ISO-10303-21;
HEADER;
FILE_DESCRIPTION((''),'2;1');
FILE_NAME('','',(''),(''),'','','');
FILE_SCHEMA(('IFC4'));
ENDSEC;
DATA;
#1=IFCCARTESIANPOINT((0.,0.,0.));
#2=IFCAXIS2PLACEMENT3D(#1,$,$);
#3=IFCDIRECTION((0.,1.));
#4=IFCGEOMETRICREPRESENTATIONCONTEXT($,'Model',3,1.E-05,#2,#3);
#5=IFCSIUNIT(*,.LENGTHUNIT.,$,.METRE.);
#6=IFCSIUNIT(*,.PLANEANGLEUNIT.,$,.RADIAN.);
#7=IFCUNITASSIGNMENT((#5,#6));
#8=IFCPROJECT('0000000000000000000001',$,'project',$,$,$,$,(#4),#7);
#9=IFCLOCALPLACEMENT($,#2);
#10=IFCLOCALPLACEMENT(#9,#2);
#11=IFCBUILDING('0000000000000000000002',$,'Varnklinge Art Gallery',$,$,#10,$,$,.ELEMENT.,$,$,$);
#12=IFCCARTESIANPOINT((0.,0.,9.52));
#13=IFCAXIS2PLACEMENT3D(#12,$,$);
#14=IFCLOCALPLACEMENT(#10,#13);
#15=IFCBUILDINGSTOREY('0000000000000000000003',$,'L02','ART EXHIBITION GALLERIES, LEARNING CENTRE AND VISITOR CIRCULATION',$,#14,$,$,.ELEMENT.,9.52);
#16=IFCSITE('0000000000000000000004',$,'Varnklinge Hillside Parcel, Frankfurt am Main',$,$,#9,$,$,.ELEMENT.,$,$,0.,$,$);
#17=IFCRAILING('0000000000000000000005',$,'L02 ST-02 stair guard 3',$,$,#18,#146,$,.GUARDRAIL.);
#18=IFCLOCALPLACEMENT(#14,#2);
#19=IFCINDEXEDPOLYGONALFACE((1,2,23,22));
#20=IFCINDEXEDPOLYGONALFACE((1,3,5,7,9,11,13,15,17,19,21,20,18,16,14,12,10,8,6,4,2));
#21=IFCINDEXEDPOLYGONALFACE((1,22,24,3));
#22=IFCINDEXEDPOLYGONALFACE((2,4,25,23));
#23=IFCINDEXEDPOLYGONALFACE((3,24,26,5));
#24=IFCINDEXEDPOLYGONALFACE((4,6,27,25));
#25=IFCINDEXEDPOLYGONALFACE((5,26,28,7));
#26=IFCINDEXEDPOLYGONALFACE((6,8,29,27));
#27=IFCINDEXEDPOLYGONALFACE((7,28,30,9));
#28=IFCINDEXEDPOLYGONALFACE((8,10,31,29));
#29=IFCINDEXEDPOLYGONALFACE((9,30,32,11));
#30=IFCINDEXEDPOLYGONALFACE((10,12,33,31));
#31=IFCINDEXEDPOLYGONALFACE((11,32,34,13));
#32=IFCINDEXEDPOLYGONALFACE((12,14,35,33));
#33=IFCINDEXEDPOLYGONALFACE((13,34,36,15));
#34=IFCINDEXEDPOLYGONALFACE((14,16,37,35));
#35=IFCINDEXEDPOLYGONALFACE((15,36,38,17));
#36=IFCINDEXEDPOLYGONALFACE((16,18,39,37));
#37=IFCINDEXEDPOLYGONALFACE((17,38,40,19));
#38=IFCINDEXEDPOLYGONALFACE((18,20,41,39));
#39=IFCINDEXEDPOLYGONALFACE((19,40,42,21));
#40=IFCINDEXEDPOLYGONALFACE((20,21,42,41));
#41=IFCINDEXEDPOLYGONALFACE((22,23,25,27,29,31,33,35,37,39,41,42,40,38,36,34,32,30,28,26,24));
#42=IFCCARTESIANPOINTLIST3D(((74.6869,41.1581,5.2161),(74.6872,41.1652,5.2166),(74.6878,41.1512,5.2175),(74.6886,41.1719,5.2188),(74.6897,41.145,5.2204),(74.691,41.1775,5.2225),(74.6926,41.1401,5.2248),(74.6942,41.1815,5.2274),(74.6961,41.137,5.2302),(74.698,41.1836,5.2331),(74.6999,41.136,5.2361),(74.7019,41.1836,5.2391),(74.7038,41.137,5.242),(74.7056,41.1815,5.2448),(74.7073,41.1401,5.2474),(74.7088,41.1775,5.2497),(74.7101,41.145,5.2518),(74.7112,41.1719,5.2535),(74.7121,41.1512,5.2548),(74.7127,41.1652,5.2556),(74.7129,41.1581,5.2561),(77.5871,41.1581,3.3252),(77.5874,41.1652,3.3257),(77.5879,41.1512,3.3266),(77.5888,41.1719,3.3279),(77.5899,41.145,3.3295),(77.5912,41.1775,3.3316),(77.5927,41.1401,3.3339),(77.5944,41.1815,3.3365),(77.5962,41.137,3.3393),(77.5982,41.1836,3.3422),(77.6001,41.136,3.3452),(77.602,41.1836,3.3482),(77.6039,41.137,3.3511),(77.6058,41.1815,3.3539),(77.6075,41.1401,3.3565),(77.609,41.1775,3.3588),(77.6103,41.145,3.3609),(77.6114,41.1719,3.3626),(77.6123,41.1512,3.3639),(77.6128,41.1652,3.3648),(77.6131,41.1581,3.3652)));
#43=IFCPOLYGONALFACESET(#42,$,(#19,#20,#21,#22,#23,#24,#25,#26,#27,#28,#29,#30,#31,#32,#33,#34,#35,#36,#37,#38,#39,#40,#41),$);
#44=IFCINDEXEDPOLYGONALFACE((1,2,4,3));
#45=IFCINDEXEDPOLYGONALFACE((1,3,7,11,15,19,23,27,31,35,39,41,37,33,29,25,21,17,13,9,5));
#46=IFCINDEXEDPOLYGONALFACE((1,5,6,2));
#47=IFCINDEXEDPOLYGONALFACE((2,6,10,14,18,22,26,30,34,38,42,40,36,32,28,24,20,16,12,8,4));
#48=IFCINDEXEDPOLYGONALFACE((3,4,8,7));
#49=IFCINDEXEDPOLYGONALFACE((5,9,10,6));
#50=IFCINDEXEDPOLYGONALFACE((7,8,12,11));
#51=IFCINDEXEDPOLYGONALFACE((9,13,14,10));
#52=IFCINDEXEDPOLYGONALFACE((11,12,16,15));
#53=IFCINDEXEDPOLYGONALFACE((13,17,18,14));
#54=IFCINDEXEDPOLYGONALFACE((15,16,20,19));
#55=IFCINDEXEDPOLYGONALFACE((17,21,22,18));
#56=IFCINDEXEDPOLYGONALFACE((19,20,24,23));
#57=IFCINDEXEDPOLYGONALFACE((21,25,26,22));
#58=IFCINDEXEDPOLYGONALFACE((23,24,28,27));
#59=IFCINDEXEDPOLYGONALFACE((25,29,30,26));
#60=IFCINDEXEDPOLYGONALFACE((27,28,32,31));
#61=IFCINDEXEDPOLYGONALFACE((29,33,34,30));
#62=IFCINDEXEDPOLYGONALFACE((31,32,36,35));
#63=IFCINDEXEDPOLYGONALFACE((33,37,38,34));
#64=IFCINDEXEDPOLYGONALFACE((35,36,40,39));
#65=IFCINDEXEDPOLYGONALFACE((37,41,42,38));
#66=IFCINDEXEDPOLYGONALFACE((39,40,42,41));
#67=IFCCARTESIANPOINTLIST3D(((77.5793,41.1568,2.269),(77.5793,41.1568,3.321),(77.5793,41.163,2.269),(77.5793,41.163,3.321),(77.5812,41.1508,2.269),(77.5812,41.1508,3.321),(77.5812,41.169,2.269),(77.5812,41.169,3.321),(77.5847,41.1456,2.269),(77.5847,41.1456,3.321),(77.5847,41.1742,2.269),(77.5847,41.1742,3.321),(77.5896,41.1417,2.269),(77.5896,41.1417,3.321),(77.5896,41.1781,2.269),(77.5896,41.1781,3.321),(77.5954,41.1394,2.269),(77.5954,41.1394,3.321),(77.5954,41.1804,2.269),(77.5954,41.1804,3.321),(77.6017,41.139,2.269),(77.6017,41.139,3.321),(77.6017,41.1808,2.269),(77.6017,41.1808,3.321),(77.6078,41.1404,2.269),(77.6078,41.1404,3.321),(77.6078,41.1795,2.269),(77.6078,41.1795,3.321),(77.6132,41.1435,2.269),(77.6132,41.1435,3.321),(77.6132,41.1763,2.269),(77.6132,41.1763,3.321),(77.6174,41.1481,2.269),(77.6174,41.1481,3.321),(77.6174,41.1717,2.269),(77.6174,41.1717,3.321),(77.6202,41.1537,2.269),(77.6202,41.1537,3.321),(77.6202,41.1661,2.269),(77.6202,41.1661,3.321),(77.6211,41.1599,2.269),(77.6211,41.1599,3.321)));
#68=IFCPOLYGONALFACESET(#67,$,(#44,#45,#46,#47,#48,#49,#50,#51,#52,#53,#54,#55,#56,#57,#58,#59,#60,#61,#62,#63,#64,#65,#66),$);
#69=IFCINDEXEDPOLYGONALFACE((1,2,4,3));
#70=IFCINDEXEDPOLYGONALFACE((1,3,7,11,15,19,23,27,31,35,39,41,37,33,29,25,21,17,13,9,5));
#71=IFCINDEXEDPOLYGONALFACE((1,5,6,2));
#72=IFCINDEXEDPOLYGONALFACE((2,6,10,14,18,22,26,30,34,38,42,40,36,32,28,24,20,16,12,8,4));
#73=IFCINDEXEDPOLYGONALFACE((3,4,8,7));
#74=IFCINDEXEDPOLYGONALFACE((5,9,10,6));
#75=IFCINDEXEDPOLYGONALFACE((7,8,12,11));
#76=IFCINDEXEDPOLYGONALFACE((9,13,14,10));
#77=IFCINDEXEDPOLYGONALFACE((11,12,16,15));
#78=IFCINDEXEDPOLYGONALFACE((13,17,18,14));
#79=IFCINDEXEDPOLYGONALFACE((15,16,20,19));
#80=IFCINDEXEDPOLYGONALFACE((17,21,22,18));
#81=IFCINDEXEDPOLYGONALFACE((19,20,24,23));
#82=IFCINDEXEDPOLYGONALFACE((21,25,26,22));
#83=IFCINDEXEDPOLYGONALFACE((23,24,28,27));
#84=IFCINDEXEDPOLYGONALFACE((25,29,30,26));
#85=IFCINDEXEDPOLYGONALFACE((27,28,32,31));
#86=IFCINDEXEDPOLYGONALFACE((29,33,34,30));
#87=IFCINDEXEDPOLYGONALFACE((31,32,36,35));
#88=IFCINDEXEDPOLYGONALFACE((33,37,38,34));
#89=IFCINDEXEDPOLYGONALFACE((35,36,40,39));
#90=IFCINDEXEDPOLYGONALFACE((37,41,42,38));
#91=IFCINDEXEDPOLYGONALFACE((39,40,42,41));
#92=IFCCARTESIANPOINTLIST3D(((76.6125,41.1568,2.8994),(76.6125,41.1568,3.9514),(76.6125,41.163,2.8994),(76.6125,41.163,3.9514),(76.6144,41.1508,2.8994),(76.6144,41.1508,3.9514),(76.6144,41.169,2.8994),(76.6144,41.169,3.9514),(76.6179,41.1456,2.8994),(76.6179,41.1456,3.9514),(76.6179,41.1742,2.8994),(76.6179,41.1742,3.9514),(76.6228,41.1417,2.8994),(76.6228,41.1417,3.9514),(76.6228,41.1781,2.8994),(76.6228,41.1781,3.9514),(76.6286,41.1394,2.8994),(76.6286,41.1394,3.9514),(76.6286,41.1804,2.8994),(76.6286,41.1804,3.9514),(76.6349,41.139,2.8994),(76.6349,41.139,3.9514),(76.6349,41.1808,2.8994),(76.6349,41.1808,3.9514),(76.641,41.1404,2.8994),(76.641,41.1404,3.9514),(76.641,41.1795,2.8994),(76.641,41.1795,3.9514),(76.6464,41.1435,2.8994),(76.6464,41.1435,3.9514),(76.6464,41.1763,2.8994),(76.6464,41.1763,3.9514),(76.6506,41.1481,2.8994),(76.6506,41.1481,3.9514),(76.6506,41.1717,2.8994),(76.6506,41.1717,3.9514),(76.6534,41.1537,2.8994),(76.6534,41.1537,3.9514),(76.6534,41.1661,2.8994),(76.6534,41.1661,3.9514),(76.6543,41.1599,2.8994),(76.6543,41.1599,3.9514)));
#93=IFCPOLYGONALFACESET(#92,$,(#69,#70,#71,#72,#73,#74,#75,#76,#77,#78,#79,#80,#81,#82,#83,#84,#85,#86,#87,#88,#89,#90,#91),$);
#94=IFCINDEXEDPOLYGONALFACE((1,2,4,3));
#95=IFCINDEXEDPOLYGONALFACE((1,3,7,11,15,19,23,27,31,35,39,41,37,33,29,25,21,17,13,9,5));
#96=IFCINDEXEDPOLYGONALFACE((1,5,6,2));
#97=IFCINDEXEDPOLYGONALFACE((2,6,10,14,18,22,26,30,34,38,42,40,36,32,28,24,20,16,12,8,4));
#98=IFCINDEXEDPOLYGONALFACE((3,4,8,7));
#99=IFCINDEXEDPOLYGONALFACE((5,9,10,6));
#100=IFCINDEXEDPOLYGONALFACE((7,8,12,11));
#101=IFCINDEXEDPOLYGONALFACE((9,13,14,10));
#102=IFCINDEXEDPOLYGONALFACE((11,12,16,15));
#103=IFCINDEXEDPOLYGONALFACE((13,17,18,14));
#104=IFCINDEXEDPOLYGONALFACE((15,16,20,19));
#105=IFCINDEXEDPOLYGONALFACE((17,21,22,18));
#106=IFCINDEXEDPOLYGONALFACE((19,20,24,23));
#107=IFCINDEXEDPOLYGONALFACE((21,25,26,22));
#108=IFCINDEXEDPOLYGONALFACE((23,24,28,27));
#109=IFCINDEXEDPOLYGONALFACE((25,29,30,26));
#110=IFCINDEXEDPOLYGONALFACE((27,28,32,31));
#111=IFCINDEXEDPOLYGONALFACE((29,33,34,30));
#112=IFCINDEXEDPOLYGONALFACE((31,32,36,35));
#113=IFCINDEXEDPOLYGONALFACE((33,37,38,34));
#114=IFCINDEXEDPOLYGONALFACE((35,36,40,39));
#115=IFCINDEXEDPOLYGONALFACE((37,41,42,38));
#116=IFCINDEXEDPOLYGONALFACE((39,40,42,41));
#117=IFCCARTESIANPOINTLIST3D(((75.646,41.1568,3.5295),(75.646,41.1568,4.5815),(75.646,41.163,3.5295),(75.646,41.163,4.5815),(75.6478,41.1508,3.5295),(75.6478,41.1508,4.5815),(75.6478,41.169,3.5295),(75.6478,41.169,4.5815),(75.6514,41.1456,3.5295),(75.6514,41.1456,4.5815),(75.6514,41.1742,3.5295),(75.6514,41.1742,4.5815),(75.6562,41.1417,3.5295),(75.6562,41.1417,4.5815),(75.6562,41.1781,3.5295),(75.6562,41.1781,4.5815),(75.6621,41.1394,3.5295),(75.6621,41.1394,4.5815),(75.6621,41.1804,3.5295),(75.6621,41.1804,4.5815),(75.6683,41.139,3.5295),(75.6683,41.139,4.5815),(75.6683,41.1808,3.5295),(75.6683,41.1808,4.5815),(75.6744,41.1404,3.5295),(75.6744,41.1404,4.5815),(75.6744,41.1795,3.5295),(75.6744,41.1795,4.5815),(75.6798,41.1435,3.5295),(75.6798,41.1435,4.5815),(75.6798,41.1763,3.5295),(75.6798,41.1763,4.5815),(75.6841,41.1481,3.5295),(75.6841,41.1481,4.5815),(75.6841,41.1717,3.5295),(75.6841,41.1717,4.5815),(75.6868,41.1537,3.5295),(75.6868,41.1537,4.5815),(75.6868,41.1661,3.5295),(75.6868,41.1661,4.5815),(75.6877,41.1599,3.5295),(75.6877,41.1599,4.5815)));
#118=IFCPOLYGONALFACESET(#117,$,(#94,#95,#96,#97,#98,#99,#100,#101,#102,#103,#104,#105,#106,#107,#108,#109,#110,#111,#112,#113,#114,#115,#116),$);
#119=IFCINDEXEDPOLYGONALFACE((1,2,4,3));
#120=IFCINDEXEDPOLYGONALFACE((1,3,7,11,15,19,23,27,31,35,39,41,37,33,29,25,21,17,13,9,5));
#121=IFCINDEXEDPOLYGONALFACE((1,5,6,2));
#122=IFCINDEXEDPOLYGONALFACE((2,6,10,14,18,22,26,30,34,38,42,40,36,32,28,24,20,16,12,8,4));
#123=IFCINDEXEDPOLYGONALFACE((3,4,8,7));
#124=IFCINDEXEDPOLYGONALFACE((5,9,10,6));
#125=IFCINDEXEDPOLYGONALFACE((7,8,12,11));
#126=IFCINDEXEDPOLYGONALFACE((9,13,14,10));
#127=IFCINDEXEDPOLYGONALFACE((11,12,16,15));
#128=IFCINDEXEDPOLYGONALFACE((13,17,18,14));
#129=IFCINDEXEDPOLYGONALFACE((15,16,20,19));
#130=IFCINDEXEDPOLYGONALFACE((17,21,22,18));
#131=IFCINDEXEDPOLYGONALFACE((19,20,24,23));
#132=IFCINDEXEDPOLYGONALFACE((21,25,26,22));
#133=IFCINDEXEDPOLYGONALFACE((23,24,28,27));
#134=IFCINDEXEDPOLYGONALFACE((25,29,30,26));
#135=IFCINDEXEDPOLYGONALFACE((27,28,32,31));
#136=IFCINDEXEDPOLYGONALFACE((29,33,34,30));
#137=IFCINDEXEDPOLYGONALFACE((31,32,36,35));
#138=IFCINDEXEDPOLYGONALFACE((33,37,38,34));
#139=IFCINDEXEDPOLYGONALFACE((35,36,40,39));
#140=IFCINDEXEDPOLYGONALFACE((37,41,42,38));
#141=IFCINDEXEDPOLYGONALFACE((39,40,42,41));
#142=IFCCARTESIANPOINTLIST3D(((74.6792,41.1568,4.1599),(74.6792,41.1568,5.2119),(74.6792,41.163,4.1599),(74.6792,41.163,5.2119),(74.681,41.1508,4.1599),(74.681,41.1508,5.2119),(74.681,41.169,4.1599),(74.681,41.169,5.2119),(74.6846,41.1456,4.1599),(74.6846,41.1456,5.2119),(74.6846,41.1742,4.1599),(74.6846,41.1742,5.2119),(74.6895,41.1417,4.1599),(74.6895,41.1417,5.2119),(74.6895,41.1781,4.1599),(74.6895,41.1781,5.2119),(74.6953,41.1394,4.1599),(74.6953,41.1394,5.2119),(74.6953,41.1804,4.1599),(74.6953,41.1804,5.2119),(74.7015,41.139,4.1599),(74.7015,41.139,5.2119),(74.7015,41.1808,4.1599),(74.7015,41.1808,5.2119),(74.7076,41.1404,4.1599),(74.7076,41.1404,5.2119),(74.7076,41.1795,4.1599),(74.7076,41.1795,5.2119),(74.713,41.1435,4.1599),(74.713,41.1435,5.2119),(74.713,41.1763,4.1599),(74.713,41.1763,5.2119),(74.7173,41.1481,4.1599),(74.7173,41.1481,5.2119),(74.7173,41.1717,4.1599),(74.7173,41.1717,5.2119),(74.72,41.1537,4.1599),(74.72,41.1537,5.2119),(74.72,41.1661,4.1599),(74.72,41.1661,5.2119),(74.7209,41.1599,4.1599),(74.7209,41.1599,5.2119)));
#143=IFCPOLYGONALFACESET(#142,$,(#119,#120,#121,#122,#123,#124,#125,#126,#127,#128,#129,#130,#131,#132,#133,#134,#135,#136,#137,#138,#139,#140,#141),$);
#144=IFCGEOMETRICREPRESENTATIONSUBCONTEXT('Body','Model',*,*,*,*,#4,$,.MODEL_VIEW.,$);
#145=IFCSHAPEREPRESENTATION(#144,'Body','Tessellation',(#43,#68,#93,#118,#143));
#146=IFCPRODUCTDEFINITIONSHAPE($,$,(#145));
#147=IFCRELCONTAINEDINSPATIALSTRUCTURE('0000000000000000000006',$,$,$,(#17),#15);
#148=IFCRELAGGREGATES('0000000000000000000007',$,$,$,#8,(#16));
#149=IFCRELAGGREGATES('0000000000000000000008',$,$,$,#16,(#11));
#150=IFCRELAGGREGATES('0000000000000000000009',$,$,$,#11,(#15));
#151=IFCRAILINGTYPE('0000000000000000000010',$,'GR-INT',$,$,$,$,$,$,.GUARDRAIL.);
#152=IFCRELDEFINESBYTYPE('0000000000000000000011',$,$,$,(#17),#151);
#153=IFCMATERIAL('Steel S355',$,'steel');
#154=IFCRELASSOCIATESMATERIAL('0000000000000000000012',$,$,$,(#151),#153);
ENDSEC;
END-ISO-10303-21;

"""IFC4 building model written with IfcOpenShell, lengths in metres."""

from ifc_helpers import new_model, si_unit, direction, frame, origin, origin_2d, place, context, subcontext, project, spatial, circle, extrude, material, type_object, element, save


model = new_model("IFC4")

# Units and contexts
model_context = context("Model", 3, precision=1e-05, world=origin(), true_north=direction((0.0, 1.0)))
body_context = subcontext(model_context, "Body", "Model", "MODEL_VIEW")
ifc_project = project(units=[si_unit("LENGTHUNIT", "METRE"), si_unit("PLANEANGLEUNIT", "RADIAN")], contexts=[model_context])

# Site, building, storey
site_placement = place(None, origin())
site = spatial("IfcSite", under=ifc_project, at=site_placement, Name="Varnklinge Hillside Parcel, Frankfurt am Main", CompositionType="ELEMENT", RefElevation=0.0)
building_placement = place(site_placement, origin())
building = spatial("IfcBuilding", under=site, at=building_placement, Name="Varnklinge Art Gallery", CompositionType="ELEMENT")
storey_placement = place(building_placement, frame((0.0, 0.0, 9.52)))
storey = spatial("IfcBuildingStorey", under=building, at=storey_placement, Name="L02", Description="ART EXHIBITION GALLERIES, LEARNING CENTRE AND VISITOR CIRCULATION", CompositionType="ELEMENT", Elevation=9.52)

# Railing
ifc_material_1 = material(Name="Steel S355", Category="steel")
railing_type_1 = type_object("IfcRailingType", Name="GR-INT", PredefinedType="GUARDRAIL", material=ifc_material_1)
railing_1_placement = place(storey_placement, frame((77.6001, 41.1599, 2.269)))
element("IfcRailing", 1, at=railing_1_placement, inside=storey, type_object=railing_type_1, Name="L02 ST-02 stair guard 3", PredefinedType="GUARDRAIL", context=body_context, shape_type="SweptSolid", body=[
    extrude(circle(Radius=0.0239, at=origin_2d()), frame((0.0, 0.0, 1.0762), z_axis=(-0.837681, 0.0, 0.54616), x_axis=(0.0, -1.0, 0.0)), (0.0, 0.0, 1.0), 3.4622),
    extrude(circle(Radius=0.021, at=origin_2d()), origin(), (0.0, 0.0, 1.0), 1.052),
    extrude(circle(Radius=0.021, at=origin_2d()), frame((-0.9668, 0.0, 0.6304)), (0.0, 0.0, 1.0), 1.052),
    extrude(circle(Radius=0.021, at=origin_2d()), frame((-1.9333, 0.0, 1.2605)), (0.0, 0.0, 1.0), 1.052),
    extrude(circle(Radius=0.021, at=origin_2d()), frame((-2.9001, 0.0, 1.8909)), (0.0, 0.0, 1.0), 1.052),
])

save(model, "model.ifc")
